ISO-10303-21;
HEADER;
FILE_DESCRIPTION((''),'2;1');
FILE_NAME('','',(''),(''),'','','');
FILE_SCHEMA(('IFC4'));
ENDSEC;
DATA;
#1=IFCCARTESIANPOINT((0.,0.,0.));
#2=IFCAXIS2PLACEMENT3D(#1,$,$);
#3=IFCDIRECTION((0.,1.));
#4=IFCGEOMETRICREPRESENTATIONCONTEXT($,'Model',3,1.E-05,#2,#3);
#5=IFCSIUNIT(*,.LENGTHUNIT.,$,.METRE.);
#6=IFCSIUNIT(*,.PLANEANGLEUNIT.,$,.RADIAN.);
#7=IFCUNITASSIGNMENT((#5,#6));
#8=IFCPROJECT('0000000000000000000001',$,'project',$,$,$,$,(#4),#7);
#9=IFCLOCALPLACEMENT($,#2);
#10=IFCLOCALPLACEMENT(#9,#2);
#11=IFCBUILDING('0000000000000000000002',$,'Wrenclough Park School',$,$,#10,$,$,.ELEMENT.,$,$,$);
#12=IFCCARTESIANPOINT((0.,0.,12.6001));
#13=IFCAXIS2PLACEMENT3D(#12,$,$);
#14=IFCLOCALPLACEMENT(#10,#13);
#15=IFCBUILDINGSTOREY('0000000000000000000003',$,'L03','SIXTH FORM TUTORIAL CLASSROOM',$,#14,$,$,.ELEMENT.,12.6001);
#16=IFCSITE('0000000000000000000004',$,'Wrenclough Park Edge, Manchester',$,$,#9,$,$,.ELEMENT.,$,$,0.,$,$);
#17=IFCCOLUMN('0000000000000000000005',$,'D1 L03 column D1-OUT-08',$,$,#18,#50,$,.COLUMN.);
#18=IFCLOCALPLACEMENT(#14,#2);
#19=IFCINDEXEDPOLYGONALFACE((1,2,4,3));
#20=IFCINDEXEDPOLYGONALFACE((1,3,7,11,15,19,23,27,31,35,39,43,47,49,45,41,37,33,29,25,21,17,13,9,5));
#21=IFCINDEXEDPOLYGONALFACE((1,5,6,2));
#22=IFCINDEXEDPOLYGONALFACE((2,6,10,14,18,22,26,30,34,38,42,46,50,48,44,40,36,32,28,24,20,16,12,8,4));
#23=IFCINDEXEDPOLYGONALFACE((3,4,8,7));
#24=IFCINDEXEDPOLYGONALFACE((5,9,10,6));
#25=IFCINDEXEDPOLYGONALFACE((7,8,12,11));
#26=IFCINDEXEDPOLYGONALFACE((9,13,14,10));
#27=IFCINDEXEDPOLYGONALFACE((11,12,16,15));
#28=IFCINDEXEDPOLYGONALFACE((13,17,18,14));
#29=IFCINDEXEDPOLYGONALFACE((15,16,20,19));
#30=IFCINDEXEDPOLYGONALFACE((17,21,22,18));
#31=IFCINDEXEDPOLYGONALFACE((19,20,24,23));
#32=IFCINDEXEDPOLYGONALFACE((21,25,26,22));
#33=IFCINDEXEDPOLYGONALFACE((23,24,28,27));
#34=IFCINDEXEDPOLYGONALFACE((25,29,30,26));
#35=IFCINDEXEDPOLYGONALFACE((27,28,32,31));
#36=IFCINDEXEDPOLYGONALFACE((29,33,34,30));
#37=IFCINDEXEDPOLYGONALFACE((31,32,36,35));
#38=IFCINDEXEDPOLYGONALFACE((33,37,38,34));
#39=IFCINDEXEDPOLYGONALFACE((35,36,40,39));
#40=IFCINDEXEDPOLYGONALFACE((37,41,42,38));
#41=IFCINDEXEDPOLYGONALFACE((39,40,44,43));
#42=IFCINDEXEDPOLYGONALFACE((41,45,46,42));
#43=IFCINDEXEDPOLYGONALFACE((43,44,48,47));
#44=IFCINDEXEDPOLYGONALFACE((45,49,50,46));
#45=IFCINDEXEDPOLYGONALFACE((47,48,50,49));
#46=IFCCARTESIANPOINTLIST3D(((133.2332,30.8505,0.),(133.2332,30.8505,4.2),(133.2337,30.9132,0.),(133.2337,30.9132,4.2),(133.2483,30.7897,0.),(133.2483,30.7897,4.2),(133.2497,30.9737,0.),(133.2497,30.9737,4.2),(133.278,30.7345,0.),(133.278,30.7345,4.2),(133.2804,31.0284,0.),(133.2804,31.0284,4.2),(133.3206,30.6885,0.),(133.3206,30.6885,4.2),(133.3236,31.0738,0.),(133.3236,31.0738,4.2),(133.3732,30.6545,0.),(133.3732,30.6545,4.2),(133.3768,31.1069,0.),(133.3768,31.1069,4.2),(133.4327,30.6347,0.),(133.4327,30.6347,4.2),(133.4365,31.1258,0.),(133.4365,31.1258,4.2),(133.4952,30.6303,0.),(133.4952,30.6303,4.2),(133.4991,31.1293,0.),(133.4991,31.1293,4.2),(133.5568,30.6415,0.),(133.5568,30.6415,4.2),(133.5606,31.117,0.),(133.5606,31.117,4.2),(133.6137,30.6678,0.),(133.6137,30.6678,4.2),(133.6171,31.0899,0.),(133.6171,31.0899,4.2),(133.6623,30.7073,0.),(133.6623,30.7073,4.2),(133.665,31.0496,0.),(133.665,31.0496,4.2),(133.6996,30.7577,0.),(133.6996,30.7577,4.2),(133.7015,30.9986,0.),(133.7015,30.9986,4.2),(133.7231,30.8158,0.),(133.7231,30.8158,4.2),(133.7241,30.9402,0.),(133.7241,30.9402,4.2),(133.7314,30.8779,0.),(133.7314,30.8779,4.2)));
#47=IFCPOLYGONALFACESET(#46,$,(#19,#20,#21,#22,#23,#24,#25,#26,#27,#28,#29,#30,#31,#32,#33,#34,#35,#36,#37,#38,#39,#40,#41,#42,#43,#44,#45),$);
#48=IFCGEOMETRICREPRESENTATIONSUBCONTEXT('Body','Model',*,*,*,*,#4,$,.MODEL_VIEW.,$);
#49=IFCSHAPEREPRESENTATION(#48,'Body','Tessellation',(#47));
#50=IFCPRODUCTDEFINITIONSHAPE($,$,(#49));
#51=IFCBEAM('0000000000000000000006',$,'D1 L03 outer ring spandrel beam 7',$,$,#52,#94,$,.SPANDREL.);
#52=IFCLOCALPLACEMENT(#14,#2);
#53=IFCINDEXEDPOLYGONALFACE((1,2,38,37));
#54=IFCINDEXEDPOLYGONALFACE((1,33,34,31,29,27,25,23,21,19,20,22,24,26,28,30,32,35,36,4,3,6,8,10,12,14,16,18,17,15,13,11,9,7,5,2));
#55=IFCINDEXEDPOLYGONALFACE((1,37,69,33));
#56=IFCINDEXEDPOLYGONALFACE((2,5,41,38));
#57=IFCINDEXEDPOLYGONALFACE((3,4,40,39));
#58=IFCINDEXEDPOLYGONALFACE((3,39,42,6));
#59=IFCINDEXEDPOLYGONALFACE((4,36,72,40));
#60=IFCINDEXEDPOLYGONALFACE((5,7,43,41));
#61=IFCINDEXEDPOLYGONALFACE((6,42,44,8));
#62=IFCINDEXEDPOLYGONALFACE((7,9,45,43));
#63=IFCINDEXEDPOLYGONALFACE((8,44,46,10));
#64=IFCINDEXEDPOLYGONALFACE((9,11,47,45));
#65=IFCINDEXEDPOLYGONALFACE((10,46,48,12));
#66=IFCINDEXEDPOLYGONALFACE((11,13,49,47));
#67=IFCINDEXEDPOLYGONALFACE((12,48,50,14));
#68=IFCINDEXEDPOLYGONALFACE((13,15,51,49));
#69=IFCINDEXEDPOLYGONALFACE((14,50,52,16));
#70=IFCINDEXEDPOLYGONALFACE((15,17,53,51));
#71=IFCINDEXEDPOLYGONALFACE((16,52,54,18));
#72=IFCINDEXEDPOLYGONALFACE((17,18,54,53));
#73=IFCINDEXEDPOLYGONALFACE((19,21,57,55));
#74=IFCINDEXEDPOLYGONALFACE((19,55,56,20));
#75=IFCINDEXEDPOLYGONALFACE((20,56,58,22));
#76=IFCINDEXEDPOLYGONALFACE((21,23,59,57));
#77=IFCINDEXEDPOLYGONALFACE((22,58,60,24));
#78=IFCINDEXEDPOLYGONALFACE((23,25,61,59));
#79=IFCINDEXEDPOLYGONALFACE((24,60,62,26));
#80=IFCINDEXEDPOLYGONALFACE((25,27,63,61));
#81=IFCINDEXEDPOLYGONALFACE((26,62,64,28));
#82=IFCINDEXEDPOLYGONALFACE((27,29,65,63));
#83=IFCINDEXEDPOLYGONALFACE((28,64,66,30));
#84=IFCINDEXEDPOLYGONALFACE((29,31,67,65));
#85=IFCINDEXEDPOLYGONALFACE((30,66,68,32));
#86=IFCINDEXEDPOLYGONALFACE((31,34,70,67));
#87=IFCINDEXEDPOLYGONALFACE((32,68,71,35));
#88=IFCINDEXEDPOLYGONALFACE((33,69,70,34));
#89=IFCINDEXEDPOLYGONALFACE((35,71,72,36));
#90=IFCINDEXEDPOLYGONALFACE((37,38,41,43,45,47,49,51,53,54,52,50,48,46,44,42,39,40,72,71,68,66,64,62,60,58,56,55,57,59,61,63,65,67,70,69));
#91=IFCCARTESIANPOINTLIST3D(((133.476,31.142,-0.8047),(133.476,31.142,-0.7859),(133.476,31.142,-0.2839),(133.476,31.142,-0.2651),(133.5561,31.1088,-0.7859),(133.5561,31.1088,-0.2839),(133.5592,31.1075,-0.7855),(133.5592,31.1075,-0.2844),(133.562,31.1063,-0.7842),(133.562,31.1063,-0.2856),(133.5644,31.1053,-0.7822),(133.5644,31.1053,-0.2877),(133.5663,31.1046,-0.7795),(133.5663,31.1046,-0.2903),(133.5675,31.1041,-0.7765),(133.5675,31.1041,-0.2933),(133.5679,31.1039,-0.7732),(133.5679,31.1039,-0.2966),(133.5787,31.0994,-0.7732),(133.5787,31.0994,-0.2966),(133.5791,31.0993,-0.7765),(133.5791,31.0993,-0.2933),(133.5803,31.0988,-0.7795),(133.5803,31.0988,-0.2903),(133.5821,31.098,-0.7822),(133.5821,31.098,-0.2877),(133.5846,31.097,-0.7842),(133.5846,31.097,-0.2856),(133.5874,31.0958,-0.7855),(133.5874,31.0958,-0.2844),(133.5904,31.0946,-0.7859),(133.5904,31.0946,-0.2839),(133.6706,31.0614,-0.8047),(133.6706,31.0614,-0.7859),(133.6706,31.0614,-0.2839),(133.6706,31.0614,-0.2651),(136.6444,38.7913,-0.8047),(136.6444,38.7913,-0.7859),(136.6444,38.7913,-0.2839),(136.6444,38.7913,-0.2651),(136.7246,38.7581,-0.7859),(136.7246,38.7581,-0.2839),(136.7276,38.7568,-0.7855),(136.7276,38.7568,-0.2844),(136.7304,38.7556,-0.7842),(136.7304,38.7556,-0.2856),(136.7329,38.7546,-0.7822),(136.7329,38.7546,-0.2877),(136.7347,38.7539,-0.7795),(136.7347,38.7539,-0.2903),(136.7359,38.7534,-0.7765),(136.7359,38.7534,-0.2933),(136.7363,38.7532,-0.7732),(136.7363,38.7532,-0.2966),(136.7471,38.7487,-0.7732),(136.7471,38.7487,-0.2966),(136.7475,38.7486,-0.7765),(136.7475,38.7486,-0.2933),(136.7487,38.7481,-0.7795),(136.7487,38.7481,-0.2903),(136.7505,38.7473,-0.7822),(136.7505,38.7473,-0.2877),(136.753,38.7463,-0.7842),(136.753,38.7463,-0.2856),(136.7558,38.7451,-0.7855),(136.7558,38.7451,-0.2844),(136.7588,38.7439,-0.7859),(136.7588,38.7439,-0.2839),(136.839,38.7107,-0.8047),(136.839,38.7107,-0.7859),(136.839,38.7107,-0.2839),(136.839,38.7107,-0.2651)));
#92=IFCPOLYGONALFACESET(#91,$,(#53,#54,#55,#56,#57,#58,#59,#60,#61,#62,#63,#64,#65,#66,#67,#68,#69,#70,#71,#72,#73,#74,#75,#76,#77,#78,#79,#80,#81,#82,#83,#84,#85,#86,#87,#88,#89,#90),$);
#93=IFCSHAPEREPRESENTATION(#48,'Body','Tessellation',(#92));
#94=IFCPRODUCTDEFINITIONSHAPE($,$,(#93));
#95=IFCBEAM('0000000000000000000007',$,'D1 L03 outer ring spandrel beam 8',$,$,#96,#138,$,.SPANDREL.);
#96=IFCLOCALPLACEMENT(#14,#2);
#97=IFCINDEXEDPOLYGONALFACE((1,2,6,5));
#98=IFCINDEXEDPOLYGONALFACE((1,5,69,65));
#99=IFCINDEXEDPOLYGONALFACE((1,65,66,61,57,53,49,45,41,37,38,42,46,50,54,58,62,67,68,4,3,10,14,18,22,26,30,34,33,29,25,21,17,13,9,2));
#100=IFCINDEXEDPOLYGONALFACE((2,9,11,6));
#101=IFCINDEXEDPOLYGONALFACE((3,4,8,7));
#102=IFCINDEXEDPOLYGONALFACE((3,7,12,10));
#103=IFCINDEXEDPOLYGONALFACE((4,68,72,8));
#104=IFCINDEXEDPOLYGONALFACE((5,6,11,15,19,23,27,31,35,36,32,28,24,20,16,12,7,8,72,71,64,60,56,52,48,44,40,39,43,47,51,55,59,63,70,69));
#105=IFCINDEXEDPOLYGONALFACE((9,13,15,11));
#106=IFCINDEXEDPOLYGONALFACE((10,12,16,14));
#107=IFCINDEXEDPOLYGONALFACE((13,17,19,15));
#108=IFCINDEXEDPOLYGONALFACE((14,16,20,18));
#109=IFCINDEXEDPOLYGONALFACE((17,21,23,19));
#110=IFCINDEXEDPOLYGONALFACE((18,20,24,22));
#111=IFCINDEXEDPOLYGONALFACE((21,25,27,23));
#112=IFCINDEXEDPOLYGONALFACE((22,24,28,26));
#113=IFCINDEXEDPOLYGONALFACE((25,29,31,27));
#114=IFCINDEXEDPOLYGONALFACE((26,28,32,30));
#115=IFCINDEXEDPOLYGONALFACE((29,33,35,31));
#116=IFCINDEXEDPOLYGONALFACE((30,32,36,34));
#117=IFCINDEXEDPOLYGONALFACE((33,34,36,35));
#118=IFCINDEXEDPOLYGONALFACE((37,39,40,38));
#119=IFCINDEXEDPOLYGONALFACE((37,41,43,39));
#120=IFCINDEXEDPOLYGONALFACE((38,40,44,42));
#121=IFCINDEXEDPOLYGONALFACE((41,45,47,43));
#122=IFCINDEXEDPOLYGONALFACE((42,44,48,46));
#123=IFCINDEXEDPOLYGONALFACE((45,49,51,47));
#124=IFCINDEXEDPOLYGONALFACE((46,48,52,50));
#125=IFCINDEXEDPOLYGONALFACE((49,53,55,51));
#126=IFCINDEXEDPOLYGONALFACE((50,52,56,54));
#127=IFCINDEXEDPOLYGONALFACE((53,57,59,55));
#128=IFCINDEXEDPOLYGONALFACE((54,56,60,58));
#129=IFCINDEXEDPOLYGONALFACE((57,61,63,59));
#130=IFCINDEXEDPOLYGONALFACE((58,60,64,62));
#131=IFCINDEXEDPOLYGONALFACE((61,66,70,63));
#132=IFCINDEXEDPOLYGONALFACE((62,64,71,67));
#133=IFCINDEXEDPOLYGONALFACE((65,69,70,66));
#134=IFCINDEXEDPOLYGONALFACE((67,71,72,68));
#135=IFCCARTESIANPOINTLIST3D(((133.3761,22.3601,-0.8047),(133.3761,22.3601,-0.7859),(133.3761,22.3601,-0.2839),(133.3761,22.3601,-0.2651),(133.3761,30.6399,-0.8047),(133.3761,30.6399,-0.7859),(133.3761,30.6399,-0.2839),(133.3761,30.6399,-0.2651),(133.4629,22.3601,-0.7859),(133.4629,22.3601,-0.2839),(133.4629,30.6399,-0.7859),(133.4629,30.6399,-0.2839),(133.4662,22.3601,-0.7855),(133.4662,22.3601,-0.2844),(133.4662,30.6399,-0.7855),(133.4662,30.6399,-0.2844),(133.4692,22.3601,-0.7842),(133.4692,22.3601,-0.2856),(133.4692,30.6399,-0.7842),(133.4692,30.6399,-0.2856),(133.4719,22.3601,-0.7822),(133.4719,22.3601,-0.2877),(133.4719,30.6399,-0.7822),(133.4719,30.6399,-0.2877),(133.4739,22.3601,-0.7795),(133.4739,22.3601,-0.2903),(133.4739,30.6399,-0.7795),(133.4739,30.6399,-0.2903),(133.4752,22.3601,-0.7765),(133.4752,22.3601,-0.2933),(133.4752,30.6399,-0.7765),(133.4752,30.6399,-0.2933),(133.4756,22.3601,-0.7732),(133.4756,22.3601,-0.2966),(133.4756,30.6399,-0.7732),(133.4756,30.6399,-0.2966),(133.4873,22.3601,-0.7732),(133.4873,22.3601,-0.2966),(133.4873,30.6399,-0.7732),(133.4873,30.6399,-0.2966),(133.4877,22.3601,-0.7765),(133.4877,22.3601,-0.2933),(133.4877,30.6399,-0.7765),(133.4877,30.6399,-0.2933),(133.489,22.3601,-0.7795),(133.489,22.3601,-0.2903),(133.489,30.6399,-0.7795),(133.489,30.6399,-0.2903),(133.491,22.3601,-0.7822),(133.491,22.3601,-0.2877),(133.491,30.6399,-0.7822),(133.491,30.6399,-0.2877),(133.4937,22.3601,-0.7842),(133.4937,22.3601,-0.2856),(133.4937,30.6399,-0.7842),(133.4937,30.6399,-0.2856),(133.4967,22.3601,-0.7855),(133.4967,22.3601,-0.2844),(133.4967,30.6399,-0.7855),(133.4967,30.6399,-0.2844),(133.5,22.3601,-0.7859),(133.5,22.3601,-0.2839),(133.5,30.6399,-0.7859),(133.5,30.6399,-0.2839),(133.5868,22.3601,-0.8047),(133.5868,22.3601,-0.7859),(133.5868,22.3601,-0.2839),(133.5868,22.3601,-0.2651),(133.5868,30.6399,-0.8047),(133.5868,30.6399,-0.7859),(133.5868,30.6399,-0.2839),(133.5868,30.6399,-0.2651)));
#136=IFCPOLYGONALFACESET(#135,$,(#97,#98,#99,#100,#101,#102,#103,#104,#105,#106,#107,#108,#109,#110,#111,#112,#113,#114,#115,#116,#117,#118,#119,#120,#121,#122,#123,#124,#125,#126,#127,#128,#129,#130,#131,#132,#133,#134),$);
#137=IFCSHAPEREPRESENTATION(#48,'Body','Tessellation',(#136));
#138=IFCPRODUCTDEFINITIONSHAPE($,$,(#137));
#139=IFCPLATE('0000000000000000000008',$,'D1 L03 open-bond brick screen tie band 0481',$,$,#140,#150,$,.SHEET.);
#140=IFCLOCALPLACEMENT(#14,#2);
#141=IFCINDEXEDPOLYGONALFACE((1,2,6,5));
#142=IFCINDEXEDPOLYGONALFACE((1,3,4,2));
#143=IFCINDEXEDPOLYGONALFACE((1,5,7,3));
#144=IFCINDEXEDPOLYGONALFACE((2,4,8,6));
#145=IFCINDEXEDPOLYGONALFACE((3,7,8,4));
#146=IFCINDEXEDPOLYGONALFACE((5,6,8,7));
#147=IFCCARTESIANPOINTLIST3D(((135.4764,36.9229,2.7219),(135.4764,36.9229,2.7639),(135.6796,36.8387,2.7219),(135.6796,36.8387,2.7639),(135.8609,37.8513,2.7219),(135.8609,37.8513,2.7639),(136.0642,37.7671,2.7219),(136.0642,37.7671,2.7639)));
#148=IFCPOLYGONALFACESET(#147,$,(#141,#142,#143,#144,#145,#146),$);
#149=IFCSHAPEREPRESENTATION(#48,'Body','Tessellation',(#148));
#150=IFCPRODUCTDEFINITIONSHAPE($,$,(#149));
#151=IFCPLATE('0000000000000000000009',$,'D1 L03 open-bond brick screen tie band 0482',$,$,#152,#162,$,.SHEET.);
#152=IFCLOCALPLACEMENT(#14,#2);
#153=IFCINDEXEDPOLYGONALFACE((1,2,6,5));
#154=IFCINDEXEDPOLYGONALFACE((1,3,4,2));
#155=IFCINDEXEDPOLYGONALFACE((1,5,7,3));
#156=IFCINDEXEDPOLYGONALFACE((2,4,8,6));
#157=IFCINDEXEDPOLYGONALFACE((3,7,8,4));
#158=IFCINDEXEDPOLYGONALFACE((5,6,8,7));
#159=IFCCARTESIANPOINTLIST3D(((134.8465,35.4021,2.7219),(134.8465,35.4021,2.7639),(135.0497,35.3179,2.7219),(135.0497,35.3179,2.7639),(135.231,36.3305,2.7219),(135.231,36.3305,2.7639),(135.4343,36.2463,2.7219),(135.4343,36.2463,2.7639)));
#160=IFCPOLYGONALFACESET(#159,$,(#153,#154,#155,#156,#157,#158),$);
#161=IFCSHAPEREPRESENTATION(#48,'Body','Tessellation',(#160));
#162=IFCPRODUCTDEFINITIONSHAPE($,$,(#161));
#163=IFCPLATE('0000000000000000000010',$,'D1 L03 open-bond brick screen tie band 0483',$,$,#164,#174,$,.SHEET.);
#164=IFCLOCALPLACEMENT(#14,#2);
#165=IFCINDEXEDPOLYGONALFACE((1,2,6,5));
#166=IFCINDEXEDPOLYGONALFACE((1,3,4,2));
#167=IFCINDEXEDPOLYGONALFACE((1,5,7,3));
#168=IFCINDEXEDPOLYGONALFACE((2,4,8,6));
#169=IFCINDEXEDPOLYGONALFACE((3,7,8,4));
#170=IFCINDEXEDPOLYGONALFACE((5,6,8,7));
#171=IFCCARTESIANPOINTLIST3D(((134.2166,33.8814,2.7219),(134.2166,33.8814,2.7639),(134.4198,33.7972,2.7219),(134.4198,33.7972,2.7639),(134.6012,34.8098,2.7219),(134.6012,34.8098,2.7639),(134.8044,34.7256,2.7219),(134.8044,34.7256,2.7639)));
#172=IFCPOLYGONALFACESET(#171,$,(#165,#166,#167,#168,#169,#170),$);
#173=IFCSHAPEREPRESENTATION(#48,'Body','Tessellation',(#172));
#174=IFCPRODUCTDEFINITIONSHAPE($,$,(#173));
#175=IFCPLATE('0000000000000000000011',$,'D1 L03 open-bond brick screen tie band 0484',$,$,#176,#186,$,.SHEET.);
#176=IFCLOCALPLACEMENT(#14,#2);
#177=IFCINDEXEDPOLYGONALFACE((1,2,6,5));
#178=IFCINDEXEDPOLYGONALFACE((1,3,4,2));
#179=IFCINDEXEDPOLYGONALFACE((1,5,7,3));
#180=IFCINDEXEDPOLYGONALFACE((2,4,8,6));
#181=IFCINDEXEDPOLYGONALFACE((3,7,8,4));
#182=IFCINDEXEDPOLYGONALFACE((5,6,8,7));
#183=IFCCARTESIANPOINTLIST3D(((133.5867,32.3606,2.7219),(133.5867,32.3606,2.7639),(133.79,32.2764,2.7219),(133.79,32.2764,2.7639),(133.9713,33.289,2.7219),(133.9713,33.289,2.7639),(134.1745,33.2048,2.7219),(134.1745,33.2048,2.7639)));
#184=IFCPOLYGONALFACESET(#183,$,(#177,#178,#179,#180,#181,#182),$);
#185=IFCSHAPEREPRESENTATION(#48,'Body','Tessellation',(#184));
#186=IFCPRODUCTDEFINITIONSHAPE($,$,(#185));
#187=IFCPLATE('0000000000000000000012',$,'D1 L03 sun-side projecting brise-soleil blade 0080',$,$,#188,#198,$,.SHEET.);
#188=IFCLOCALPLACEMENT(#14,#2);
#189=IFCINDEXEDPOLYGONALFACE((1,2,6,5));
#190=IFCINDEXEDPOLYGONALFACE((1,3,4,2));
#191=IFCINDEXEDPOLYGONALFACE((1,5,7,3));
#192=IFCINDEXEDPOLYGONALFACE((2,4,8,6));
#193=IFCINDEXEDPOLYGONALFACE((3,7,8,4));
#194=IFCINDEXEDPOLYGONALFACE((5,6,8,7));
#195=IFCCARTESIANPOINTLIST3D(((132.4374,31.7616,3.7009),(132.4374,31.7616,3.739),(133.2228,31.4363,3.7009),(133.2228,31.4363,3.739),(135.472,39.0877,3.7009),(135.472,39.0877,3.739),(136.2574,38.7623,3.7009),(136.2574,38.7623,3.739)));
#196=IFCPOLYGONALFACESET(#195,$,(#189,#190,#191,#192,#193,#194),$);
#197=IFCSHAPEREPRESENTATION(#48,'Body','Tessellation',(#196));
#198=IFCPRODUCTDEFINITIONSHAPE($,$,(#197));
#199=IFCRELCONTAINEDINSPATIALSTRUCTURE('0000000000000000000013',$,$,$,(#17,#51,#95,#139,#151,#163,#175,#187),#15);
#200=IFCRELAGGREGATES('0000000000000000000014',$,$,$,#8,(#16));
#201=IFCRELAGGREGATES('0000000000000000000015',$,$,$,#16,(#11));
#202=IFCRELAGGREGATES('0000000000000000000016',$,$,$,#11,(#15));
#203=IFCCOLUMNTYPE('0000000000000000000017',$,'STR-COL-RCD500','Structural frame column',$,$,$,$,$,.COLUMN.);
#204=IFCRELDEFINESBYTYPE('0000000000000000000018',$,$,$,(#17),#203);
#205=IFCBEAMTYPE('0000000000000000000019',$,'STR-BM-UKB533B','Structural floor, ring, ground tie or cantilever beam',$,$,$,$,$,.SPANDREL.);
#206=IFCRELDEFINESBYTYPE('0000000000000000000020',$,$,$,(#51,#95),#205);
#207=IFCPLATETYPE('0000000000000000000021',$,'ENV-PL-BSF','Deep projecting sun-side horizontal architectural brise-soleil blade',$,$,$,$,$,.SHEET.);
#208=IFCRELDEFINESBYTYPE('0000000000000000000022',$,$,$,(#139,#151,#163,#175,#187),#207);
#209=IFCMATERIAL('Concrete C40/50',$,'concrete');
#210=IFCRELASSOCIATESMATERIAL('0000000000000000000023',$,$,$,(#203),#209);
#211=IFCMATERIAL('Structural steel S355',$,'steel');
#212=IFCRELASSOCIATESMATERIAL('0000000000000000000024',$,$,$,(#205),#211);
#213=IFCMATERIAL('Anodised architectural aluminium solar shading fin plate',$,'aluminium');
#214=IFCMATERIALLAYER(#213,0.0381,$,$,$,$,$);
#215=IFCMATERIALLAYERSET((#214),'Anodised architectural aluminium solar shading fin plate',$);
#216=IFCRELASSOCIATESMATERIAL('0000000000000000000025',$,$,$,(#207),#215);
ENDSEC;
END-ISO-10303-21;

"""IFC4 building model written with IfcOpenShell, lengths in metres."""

from ifc_helpers import new_model, si_unit, direction, frame, origin, origin_2d, place, context, subcontext, project, spatial, rectangle, circle, i_section, extrude, material, layer, layer_set, material_profile, profile_set, type_object, element, save


model = new_model("IFC4")

# Units and contexts
model_context = context("Model", 3, precision=1e-05, world=origin(), true_north=direction((0.0, 1.0)))
body_context = subcontext(model_context, "Body", "Model", "MODEL_VIEW")
ifc_project = project(units=[si_unit("LENGTHUNIT", "METRE"), si_unit("PLANEANGLEUNIT", "RADIAN")], contexts=[model_context])

# Site, building, storey
site_placement = place(None, origin())
site = spatial("IfcSite", under=ifc_project, at=site_placement, Name="Wrenclough Park Edge, Manchester", CompositionType="ELEMENT", RefElevation=0.0)
building_placement = place(site_placement, origin())
building = spatial("IfcBuilding", under=site, at=building_placement, Name="Wrenclough Park School", CompositionType="ELEMENT")
storey_placement = place(building_placement, frame((0.0, 0.0, 12.6001)))
storey = spatial("IfcBuildingStorey", under=building, at=storey_placement, Name="L03", Description="SIXTH FORM TUTORIAL CLASSROOM", CompositionType="ELEMENT", Elevation=12.6001)

# Column
ifc_material_1 = material(Name="Concrete C40/50", Category="concrete")
ifc_material_profile_1 = material_profile(ifc_material_1, circle(Radius=0.25, at=origin_2d()), Name="RC COL D500")
ifc_profile_set_1 = profile_set([ifc_material_profile_1], Name="Concrete C40/50")
column_type = type_object("IfcColumnType", Name="STR-COL-RCD500", Description="Structural frame column", PredefinedType="COLUMN", material=ifc_profile_set_1)
column_placement = place(storey_placement, frame((133.4814, 30.8799, 0.0), z_axis=(0.0, 0.0, 1.0), x_axis=(-0.19509, -0.980785, 0.0)))
element("IfcColumn", 1, at=column_placement, inside=storey, type_object=column_type, Name="D1 L03 column D1-OUT-08", PredefinedType="COLUMN", context=body_context, shape_type="SweptSolid", body=[
    extrude(circle(Radius=0.25, at=origin_2d()), origin(), (0.0, 0.0, 1.0), 4.2),
])

# Beams
ifc_material_2 = material(Name="Structural steel S355", Category="steel")
ifc_material_profile_2 = material_profile(ifc_material_2, i_section(OverallWidth=0.2107, OverallDepth=0.5396, WebThickness=0.0117, FlangeThickness=0.0188, FilletRadius=0.0127, at=origin_2d()), Name="UKB 533x210x109")
ifc_profile_set_2 = profile_set([ifc_material_profile_2], Name="Structural steel S355")
beam_type = type_object("IfcBeamType", Name="STR-BM-UKB533B", Description="Structural floor, ring, ground tie or cantilever beam", PredefinedType="SPANDREL", material=ifc_profile_set_2)
beam_1_placement = place(storey_placement, frame((136.7417, 38.751, -0.5349), z_axis=(-0.38268, -0.923881, 0.0), x_axis=(0.923881, -0.38268, 0.0)))
element("IfcBeam", 2, at=beam_1_placement, inside=storey, type_object=beam_type, Name="D1 L03 outer ring spandrel beam 7", PredefinedType="SPANDREL", context=body_context, shape_type="SweptSolid", body=[
    extrude(i_section(OverallWidth=0.2107, OverallDepth=0.5396, WebThickness=0.0117, FlangeThickness=0.0188, FilletRadius=0.0127, at=origin_2d()), origin(), (0.0, 0.0, 1.0), 8.2795),
])
beam_2_placement = place(storey_placement, frame((133.4814, 30.6399, -0.5349), z_axis=(0.0, -1.0, 0.0), x_axis=(1.0, 0.0, 0.0)))
element("IfcBeam", 3, at=beam_2_placement, inside=storey, type_object=beam_type, Name="D1 L03 outer ring spandrel beam 8", PredefinedType="SPANDREL", context=body_context, shape_type="SweptSolid", body=[
    extrude(i_section(OverallWidth=0.2107, OverallDepth=0.5396, WebThickness=0.0117, FlangeThickness=0.0188, FilletRadius=0.0127, at=origin_2d()), origin(), (0.0, 0.0, 1.0), 8.2798),
])

# Plates
ifc_material_3 = material(Name="Anodised architectural aluminium solar shading fin plate", Category="aluminium")
ifc_layer_1 = layer(ifc_material_3, 0.0381)
ifc_layer_set_1 = layer_set([ifc_layer_1], Name="Anodised architectural aluminium solar shading fin plate")
plate_type = type_object("IfcPlateType", Name="ENV-PL-BSF", Description="Deep projecting sun-side horizontal architectural brise-soleil blade", PredefinedType="SHEET", material=ifc_layer_set_1)
for number, where, z_axis, x_axis, name in (
    (4, (135.7703, 37.345, 2.7219), (0.0, 0.0, 1.0), (-0.382684, -0.923879, 0.0), "D1 L03 open-bond brick screen tie band 0481"),
    (5, (135.1404, 35.8242, 2.7219), (0.0, 0.0, 1.0), (-0.382684, -0.923879, 0.0), "D1 L03 open-bond brick screen tie band 0482"),
    (6, (134.5105, 34.3035, 2.7219), (0.0, 0.0, 1.0), (-0.382684, -0.923879, 0.0), "D1 L03 open-bond brick screen tie band 0483"),
    (7, (133.8806, 32.7827, 2.7219), (0.0, 0.0, 1.0), (-0.382684, -0.923879, 0.0), "D1 L03 open-bond brick screen tie band 0484"),
):
    element("IfcPlate", number, at=place(storey_placement, frame(where, z_axis=z_axis, x_axis=x_axis)), inside=storey, type_object=plate_type, Name=name, PredefinedType="SHEET", context=body_context, shape_type="SweptSolid", body=[
        extrude(rectangle(XDim=1.0049, YDim=0.22, at=origin_2d()), origin(), (0.0, 0.0, 1.0), 0.042),
    ])
plate_1_placement = place(storey_placement, frame((134.3474, 35.262, 3.7009), z_axis=(0.0, 0.0, 1.0), x_axis=(-0.382684, -0.923879, 0.0)))
element("IfcPlate", 8, at=plate_1_placement, inside=storey, type_object=plate_type, Name="D1 L03 sun-side projecting brise-soleil blade 0080", PredefinedType="SHEET", context=body_context, shape_type="SweptSolid", body=[
    extrude(rectangle(XDim=7.9297, YDim=0.8501, at=origin_2d()), origin(), (0.0, 0.0, 1.0), 0.0381),
])

save(model, "model.ifc")
